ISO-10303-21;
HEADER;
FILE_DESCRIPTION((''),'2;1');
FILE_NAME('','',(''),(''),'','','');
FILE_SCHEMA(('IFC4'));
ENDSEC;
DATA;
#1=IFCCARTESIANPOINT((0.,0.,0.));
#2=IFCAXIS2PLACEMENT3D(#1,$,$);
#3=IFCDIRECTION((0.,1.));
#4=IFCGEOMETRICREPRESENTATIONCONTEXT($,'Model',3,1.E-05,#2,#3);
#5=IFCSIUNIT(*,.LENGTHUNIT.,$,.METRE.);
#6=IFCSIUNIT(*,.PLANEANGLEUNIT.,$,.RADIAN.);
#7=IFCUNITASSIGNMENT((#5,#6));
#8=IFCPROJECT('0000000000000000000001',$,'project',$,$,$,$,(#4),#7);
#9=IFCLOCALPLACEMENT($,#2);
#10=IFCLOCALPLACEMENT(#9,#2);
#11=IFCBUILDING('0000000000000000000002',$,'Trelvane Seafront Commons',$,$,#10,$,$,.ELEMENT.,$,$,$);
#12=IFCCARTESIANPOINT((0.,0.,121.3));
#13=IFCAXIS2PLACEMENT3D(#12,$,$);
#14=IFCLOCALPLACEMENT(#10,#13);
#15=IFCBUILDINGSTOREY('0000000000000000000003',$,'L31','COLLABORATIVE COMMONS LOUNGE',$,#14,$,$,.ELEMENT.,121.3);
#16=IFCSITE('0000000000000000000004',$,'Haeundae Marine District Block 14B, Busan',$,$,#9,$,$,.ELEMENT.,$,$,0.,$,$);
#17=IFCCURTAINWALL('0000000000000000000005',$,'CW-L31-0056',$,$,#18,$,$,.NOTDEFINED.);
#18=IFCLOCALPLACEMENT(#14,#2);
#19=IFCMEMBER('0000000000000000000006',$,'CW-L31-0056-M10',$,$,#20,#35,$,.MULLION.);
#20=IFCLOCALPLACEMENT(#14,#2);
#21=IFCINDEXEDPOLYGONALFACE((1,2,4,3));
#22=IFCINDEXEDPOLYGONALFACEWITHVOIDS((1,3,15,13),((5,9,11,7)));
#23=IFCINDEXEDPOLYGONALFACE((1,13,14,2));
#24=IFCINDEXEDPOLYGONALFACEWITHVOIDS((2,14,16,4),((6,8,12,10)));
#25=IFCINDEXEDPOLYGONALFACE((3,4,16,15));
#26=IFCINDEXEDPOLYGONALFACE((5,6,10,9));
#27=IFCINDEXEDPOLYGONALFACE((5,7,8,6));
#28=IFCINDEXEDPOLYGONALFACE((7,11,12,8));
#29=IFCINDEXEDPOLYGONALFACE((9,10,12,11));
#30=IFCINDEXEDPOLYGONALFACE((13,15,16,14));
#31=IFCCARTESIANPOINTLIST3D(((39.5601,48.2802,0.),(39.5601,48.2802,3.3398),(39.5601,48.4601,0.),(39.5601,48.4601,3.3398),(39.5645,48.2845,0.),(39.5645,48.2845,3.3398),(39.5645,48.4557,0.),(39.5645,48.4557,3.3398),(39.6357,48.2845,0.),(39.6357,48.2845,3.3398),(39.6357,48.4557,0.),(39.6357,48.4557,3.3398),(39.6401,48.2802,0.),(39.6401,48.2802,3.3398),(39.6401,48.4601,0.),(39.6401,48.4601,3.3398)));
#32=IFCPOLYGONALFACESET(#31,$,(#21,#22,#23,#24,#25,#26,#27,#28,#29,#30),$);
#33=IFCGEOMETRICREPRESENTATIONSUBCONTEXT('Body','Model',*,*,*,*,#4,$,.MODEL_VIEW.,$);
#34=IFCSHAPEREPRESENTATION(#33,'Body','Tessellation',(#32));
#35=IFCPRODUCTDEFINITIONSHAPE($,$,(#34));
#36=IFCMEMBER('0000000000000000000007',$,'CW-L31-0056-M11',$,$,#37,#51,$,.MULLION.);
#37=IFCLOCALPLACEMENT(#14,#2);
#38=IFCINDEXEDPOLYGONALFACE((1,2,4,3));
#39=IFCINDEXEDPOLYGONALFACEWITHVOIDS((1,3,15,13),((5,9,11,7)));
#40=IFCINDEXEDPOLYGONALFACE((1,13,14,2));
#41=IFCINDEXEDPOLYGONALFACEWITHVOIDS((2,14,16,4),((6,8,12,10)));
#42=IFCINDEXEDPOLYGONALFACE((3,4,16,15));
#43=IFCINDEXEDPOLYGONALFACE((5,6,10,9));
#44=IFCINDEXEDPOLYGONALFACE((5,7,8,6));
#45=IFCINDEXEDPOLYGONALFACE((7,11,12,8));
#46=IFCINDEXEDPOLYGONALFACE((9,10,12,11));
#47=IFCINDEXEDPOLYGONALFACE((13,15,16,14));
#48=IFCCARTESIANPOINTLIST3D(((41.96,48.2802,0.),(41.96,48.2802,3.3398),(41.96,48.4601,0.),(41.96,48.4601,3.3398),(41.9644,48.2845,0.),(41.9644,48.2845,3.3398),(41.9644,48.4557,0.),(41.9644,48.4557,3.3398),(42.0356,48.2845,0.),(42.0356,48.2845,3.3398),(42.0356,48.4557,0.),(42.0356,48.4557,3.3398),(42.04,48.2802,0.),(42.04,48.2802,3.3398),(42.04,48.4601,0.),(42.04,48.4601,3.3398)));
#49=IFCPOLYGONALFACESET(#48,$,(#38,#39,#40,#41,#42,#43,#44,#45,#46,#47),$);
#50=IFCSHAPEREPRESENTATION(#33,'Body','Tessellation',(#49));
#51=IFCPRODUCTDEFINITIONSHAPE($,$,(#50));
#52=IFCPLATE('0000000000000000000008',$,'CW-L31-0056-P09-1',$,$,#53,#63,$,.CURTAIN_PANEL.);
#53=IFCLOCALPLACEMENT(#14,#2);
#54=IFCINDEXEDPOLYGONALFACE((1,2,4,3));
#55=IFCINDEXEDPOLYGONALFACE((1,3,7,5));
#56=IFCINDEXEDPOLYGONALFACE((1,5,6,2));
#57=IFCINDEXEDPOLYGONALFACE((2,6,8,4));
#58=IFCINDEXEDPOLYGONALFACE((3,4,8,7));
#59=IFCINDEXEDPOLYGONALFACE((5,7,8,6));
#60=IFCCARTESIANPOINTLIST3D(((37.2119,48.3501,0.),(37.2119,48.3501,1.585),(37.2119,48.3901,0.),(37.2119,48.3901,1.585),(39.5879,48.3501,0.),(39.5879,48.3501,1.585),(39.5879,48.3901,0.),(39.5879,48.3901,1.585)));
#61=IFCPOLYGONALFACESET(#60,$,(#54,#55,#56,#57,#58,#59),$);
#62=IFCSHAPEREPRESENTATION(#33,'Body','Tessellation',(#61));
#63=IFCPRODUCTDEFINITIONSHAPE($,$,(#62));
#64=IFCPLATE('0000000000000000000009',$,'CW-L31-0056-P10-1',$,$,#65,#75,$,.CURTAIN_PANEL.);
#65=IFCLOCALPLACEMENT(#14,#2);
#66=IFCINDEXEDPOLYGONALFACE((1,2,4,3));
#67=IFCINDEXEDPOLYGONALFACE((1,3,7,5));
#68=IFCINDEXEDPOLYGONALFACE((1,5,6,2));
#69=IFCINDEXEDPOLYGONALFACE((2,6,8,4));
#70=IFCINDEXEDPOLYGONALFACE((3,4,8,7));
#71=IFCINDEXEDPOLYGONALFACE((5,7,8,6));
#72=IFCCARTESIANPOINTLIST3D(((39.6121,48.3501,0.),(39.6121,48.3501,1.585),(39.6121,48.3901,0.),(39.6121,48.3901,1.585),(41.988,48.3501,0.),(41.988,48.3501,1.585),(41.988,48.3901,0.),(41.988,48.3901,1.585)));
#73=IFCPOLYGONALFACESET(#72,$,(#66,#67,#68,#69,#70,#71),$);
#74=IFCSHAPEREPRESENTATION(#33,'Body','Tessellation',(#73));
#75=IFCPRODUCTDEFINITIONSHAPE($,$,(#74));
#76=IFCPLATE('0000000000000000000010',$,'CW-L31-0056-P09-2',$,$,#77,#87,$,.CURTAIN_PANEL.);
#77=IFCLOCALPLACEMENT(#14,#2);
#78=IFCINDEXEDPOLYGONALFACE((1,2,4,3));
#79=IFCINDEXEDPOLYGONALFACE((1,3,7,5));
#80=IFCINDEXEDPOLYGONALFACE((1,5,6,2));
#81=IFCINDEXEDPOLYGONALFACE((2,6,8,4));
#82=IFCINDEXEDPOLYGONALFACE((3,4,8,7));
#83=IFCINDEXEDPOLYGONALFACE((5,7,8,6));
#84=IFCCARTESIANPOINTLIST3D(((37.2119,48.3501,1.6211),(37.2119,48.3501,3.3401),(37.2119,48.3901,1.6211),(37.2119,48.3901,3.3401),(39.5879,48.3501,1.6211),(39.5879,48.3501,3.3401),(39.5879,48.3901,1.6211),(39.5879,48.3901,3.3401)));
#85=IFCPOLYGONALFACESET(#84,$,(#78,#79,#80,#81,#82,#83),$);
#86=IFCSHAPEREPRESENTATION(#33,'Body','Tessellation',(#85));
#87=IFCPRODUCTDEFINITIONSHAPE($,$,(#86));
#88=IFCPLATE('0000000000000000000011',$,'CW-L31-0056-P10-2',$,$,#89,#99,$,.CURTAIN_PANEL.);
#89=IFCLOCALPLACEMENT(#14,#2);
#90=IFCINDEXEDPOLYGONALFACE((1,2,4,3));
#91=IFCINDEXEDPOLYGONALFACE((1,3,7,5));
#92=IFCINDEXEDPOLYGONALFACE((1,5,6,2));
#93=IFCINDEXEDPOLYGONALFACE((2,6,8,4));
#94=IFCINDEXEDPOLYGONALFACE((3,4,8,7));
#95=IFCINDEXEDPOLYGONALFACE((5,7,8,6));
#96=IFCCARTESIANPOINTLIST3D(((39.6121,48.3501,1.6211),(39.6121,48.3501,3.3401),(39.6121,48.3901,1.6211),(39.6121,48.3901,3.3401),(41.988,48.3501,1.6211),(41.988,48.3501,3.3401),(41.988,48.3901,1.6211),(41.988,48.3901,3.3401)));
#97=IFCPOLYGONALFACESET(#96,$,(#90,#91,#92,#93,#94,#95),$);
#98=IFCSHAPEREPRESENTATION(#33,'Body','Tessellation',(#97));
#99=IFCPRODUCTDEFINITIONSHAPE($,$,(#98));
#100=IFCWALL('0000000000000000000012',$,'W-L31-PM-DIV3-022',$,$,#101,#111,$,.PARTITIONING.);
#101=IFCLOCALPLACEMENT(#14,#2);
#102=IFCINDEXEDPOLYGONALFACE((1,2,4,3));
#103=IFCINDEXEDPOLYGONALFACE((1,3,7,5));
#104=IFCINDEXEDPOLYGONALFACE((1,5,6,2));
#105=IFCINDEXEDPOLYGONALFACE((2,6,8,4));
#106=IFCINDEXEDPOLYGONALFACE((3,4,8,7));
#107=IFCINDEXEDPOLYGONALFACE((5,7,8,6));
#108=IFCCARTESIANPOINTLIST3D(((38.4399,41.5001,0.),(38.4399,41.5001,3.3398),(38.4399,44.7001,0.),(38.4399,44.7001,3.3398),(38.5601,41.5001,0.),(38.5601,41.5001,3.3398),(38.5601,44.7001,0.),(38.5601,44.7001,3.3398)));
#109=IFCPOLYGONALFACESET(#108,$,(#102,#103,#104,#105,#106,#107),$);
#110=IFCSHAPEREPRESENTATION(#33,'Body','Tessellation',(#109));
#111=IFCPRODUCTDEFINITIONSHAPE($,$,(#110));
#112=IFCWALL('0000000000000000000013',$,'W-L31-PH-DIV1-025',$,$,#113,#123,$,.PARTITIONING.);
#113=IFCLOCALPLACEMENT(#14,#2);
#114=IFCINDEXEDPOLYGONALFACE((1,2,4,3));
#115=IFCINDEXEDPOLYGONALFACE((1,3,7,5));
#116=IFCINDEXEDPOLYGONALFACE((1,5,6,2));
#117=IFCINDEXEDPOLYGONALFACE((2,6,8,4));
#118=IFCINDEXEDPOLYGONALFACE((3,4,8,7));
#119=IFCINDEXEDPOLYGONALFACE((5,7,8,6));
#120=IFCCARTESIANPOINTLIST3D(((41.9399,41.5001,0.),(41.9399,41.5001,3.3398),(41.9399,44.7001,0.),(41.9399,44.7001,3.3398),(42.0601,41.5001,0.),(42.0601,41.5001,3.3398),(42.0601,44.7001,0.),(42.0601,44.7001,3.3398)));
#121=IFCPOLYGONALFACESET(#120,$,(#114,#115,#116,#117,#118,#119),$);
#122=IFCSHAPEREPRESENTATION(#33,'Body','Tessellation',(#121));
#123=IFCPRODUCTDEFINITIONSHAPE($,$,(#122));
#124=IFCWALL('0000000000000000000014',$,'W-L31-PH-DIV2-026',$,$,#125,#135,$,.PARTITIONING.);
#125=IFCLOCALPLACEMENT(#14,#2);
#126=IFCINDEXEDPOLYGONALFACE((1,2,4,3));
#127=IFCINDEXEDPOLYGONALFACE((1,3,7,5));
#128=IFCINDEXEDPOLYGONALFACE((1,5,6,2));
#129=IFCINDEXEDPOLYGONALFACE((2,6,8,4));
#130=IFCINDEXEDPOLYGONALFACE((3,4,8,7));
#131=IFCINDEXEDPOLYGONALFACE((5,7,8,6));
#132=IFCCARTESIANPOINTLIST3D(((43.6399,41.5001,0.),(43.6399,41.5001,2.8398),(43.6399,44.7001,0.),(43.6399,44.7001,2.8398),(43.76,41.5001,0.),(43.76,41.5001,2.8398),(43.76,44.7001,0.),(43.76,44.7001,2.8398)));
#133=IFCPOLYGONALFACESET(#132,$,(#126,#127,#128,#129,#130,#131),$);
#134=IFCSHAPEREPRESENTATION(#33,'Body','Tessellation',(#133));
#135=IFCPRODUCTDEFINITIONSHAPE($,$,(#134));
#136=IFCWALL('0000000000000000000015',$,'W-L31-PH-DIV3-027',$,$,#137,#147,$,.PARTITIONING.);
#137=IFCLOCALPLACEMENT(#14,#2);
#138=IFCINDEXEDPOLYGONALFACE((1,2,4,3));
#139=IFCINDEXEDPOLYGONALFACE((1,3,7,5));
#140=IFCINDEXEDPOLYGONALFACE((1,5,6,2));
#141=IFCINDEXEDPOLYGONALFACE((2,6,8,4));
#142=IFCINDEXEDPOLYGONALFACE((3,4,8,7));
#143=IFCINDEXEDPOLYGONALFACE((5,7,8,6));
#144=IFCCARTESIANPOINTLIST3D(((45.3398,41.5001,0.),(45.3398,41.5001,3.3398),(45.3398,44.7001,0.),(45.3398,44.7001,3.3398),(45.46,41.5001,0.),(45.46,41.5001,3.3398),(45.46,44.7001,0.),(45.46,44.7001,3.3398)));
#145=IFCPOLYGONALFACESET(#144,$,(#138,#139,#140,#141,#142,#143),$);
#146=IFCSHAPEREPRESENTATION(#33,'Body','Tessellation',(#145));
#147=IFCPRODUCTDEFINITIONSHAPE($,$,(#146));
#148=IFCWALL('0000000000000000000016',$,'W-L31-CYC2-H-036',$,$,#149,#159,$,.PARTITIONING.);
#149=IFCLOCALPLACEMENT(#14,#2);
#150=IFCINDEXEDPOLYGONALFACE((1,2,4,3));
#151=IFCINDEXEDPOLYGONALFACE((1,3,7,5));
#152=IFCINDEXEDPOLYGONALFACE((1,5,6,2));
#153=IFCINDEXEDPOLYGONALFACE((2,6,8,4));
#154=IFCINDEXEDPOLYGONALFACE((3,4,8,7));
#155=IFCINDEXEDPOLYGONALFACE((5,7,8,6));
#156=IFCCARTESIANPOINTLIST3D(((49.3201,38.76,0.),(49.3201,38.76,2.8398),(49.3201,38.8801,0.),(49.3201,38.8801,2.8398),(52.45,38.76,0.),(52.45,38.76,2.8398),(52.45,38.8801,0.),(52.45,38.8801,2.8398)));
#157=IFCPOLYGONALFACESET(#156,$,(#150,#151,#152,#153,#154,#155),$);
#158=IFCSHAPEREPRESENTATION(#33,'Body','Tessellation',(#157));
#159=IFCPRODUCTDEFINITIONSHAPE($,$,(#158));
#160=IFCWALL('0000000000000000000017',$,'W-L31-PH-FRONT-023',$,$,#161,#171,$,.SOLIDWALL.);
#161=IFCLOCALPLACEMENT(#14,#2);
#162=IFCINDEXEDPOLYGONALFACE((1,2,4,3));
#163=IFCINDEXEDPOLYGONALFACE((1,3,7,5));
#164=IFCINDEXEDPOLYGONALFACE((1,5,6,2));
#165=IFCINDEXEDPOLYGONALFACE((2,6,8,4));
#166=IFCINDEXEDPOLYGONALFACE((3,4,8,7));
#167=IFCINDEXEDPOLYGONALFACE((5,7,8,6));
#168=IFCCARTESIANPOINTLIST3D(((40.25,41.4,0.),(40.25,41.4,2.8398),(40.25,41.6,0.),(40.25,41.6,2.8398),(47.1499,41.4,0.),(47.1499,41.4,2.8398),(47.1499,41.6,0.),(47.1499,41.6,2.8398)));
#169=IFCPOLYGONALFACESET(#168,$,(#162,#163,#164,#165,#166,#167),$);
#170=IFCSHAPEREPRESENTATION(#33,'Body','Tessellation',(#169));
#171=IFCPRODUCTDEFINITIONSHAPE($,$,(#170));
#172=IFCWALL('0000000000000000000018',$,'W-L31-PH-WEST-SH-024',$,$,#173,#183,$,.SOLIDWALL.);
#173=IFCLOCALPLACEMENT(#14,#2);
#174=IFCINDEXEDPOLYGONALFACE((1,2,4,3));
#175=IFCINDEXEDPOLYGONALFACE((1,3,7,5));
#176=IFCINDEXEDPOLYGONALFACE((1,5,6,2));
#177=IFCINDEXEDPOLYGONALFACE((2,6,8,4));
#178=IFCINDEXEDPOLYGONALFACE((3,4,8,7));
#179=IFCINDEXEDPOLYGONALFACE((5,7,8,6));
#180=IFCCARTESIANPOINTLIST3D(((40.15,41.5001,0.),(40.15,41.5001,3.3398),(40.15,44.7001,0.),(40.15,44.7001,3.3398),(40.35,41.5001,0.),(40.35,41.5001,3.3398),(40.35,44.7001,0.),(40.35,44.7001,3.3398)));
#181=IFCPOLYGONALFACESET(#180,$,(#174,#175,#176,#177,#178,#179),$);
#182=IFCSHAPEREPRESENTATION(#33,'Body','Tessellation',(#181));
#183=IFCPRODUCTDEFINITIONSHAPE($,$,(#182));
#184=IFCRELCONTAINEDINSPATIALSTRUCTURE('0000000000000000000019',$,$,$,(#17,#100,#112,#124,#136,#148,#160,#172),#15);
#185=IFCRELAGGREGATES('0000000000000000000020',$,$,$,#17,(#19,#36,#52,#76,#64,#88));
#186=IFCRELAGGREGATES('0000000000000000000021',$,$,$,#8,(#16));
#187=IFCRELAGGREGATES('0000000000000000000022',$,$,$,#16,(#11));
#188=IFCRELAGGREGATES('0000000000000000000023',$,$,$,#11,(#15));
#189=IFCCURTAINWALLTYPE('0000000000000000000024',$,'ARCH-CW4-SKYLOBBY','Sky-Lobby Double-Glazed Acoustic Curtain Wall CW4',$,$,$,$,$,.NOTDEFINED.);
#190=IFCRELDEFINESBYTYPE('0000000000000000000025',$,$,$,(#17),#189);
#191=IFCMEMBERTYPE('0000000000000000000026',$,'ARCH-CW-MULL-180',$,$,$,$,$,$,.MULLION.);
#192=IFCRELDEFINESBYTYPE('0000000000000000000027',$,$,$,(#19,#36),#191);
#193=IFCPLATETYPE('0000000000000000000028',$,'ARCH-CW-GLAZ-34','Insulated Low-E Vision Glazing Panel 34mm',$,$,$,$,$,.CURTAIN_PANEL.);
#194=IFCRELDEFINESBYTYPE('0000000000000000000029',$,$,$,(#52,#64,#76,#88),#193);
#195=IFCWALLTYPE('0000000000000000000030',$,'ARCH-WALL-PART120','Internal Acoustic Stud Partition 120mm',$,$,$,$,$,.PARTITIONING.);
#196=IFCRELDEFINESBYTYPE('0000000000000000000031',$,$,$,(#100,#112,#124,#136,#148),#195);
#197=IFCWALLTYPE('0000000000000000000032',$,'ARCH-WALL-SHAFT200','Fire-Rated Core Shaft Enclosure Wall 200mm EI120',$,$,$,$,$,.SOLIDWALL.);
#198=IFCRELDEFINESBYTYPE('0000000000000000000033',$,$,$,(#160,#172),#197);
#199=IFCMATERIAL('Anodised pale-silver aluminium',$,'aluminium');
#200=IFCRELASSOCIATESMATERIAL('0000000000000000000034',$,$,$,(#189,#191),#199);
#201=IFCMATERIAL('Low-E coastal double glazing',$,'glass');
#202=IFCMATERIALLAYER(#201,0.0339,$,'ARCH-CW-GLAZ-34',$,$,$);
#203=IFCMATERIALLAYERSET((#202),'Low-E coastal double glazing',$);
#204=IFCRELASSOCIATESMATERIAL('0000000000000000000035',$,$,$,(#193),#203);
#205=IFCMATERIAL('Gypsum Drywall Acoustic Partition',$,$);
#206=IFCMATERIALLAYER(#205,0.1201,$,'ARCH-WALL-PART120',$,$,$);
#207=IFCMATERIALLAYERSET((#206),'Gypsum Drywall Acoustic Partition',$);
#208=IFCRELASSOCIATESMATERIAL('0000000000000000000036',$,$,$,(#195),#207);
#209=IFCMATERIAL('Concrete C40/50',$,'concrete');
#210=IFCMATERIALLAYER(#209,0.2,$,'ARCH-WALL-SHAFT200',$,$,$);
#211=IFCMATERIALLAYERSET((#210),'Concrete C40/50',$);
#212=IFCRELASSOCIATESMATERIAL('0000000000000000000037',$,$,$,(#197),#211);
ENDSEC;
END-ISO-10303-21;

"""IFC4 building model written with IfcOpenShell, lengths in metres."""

from ifc_helpers import new_model, si_unit, direction, frame, frame_2d, origin, origin_2d, place, context, subcontext, project, spatial, rectangle, hollow_rectangle, extrude, source, transform, mapped, material, layer, layer_set, material_profile, profile_set, type_object, element, aggregate, save


model = new_model("IFC4")

# Units and contexts
model_context = context("Model", 3, precision=1e-05, world=origin(), true_north=direction((0.0, 1.0)))
body_context = subcontext(model_context, "Body", "Model", "MODEL_VIEW")
ifc_project = project(units=[si_unit("LENGTHUNIT", "METRE"), si_unit("PLANEANGLEUNIT", "RADIAN")], contexts=[model_context])

# Site, building, storey
site_placement = place(None, origin())
site = spatial("IfcSite", under=ifc_project, at=site_placement, Name="Haeundae Marine District Block 14B, Busan", CompositionType="ELEMENT", RefElevation=0.0)
building_placement = place(site_placement, origin())
building = spatial("IfcBuilding", under=site, at=building_placement, Name="Trelvane Seafront Commons", CompositionType="ELEMENT")
storey_placement = place(building_placement, frame((0.0, 0.0, 121.3)))
storey = spatial("IfcBuildingStorey", under=building, at=storey_placement, Name="L31", Description="COLLABORATIVE COMMONS LOUNGE", CompositionType="ELEMENT", Elevation=121.3)

# Curtain wall, members, plates
ifc_material_1 = material(Name="Anodised pale-silver aluminium", Category="aluminium")
curtain_wall_type = type_object("IfcCurtainWallType", Name="ARCH-CW4-SKYLOBBY", Description="Sky-Lobby Double-Glazed Acoustic Curtain Wall CW4", PredefinedType="NOTDEFINED", material=ifc_material_1)
curtain_wall_placement = place(storey_placement, origin())
curtain_wall = element("IfcCurtainWall", 1, at=curtain_wall_placement, inside=storey, type_object=curtain_wall_type, Name="CW-L31-0056", PredefinedType="NOTDEFINED")
ifc_material_profile_1 = material_profile(ifc_material_1, hollow_rectangle(XDim=0.0801, YDim=0.1799, WallThickness=0.0044, at=origin_2d()), Name="MULL-80x180x4.5")
ifc_profile_set_1 = profile_set([ifc_material_profile_1], Name="Anodised pale-silver aluminium")
member_type_1 = type_object("IfcMemberType", Name="ARCH-CW-MULL-180", PredefinedType="MULLION", material=ifc_profile_set_1)
shared_shape_1 = source(origin(), body_context, "Body", "SweptSolid", [
    extrude(hollow_rectangle(XDim=0.0801, YDim=0.1799, WallThickness=0.0044, at=origin_2d()), origin(), (0.0, 0.0, 1.0), 3.3398),
])
member_1_placement = place(storey_placement, frame((39.6001, 48.3701, 0.0), z_axis=(0.0, 0.0, 1.0), x_axis=(1.0, 0.0, 0.0)))
member_1 = element("IfcMember", 2, at=member_1_placement, type_object=member_type_1, Name="CW-L31-0056-M10", PredefinedType="MULLION", context=body_context, shape_type="MappedRepresentation", body=[
    mapped(shared_shape_1, transform((0.0, 0.0, 0.0), x_axis=(1.0, 0.0, 0.0), y_axis=(0.0, 1.0, 0.0), z_axis=(0.0, 0.0, 1.0), scale=1.0)),
])
member_2_placement = place(storey_placement, frame((42.0, 48.3701, 0.0), z_axis=(0.0, 0.0, 1.0), x_axis=(1.0, 0.0, 0.0)))
member_2 = element("IfcMember", 3, at=member_2_placement, type_object=member_type_1, Name="CW-L31-0056-M11", PredefinedType="MULLION", context=body_context, shape_type="MappedRepresentation", body=[
    mapped(shared_shape_1, transform((0.0, 0.0, 0.0), x_axis=(1.0, 0.0, 0.0), y_axis=(0.0, 1.0, 0.0), z_axis=(0.0, 0.0, 1.0), scale=1.0)),
])
ifc_material_2 = material(Name="Low-E coastal double glazing", Category="glass")
ifc_layer_1 = layer(ifc_material_2, 0.0339, Name="ARCH-CW-GLAZ-34")
ifc_layer_set_1 = layer_set([ifc_layer_1], Name="Low-E coastal double glazing")
plate_type = type_object("IfcPlateType", Name="ARCH-CW-GLAZ-34", Description="Insulated Low-E Vision Glazing Panel 34mm", PredefinedType="CURTAIN_PANEL", material=ifc_layer_set_1)
shared_shape_2 = source(origin(), body_context, "Body", "SweptSolid", [
    extrude(rectangle(XDim=2.376, YDim=0.04, at=origin_2d()), origin(), (0.0, 0.0, 1.0), 1.585),
])
plate_1_placement = place(storey_placement, frame((38.3999, 48.3701, 0.0), z_axis=(0.0, 0.0, 1.0), x_axis=(1.0, 0.0, 0.0)))
plate_1 = element("IfcPlate", 4, at=plate_1_placement, type_object=plate_type, Name="CW-L31-0056-P09-1", PredefinedType="CURTAIN_PANEL", context=body_context, shape_type="MappedRepresentation", body=[
    mapped(shared_shape_2, transform((0.0, 0.0, 0.0), x_axis=(1.0, 0.0, 0.0), y_axis=(0.0, 1.0, 0.0), z_axis=(0.0, 0.0, 1.0), scale=1.0)),
])
plate_2_placement = place(storey_placement, frame((40.8, 48.3701, 0.0), z_axis=(0.0, 0.0, 1.0), x_axis=(1.0, 0.0, 0.0)))
plate_2 = element("IfcPlate", 5, at=plate_2_placement, type_object=plate_type, Name="CW-L31-0056-P10-1", PredefinedType="CURTAIN_PANEL", context=body_context, shape_type="MappedRepresentation", body=[
    mapped(shared_shape_2, transform((0.0, 0.0, 0.0), x_axis=(1.0, 0.0, 0.0), y_axis=(0.0, 1.0, 0.0), z_axis=(0.0, 0.0, 1.0), scale=1.0)),
])
shared_shape_3 = source(origin(), body_context, "Body", "SweptSolid", [
    extrude(rectangle(XDim=2.376, YDim=0.04, at=origin_2d()), origin(), (0.0, 0.0, 1.0), 1.719),
])
plate_3_placement = place(storey_placement, frame((38.3999, 48.3701, 1.6211), z_axis=(0.0, 0.0, 1.0), x_axis=(1.0, 0.0, 0.0)))
plate_3 = element("IfcPlate", 6, at=plate_3_placement, type_object=plate_type, Name="CW-L31-0056-P09-2", PredefinedType="CURTAIN_PANEL", context=body_context, shape_type="MappedRepresentation", body=[
    mapped(shared_shape_3, transform((0.0, 0.0, 0.0), x_axis=(1.0, 0.0, 0.0), y_axis=(0.0, 1.0, 0.0), z_axis=(0.0, 0.0, 1.0), scale=1.0)),
])
plate_4_placement = place(storey_placement, frame((40.8, 48.3701, 1.6211), z_axis=(0.0, 0.0, 1.0), x_axis=(1.0, 0.0, 0.0)))
plate_4 = element("IfcPlate", 7, at=plate_4_placement, type_object=plate_type, Name="CW-L31-0056-P10-2", PredefinedType="CURTAIN_PANEL", context=body_context, shape_type="MappedRepresentation", body=[
    mapped(shared_shape_3, transform((0.0, 0.0, 0.0), x_axis=(1.0, 0.0, 0.0), y_axis=(0.0, 1.0, 0.0), z_axis=(0.0, 0.0, 1.0), scale=1.0)),
])
aggregate(curtain_wall, [member_1, member_2, plate_1, plate_3, plate_2, plate_4])

# Walls
ifc_material_3 = material(Name="Gypsum Drywall Acoustic Partition")
ifc_layer_2 = layer(ifc_material_3, 0.1201, Name="ARCH-WALL-PART120")
ifc_layer_set_2 = layer_set([ifc_layer_2], Name="Gypsum Drywall Acoustic Partition")
wall_type_1 = type_object("IfcWallType", Name="ARCH-WALL-PART120", Description="Internal Acoustic Stud Partition 120mm", PredefinedType="PARTITIONING", material=ifc_layer_set_2)
for number, where, z_axis, x_axis, name in (
    (8, (38.5, 41.5, 0.0), (0.0, 0.0, 1.0), (0.0, 1.0, 0.0), "W-L31-PM-DIV3-022"),
    (9, (42.0, 41.5, 0.0), (0.0, 0.0, 1.0), (0.0, 1.0, 0.0), "W-L31-PH-DIV1-025"),
):
    element("IfcWall", number, at=place(storey_placement, frame(where, z_axis=z_axis, x_axis=x_axis)), inside=storey, type_object=wall_type_1, Name=name, PredefinedType="PARTITIONING", context=body_context, shape_type="SweptSolid", body=[
        extrude(rectangle(XDim=3.2, YDim=0.1201, at=frame_2d((1.6001, 0.0))), origin(), (0.0, 0.0, 1.0), 3.3398),
    ])
wall_1_placement = place(storey_placement, frame((43.7, 41.5, 0.0), z_axis=(0.0, 0.0, 1.0), x_axis=(0.0, 1.0, 0.0)))
element("IfcWall", 10, at=wall_1_placement, inside=storey, type_object=wall_type_1, Name="W-L31-PH-DIV2-026", PredefinedType="PARTITIONING", context=body_context, shape_type="SweptSolid", body=[
    extrude(rectangle(XDim=3.2, YDim=0.1201, at=frame_2d((1.6001, 0.0))), origin(), (0.0, 0.0, 1.0), 2.8398),
])
wall_2_placement = place(storey_placement, frame((45.3999, 41.5, 0.0), z_axis=(0.0, 0.0, 1.0), x_axis=(0.0, 1.0, 0.0)))
element("IfcWall", 11, at=wall_2_placement, inside=storey, type_object=wall_type_1, Name="W-L31-PH-DIV3-027", PredefinedType="PARTITIONING", context=body_context, shape_type="SweptSolid", body=[
    extrude(rectangle(XDim=3.2, YDim=0.1201, at=frame_2d((1.6001, 0.0))), origin(), (0.0, 0.0, 1.0), 3.3398),
])
wall_3_placement = place(storey_placement, frame((49.3201, 38.8201, 0.0), z_axis=(0.0, 0.0, 1.0), x_axis=(1.0, 0.0, 0.0)))
element("IfcWall", 12, at=wall_3_placement, inside=storey, type_object=wall_type_1, Name="W-L31-CYC2-H-036", PredefinedType="PARTITIONING", context=body_context, shape_type="SweptSolid", body=[
    extrude(rectangle(XDim=3.1299, YDim=0.1201, at=frame_2d((1.5649, 0.0))), origin(), (0.0, 0.0, 1.0), 2.8398),
])
ifc_material_4 = material(Name="Concrete C40/50", Category="concrete")
ifc_layer_3 = layer(ifc_material_4, 0.2, Name="ARCH-WALL-SHAFT200")
ifc_layer_set_3 = layer_set([ifc_layer_3], Name="Concrete C40/50")
wall_type_2 = type_object("IfcWallType", Name="ARCH-WALL-SHAFT200", Description="Fire-Rated Core Shaft Enclosure Wall 200mm EI120", PredefinedType="SOLIDWALL", material=ifc_layer_set_3)
wall_4_placement = place(storey_placement, frame((40.25, 41.5, 0.0), z_axis=(0.0, 0.0, 1.0), x_axis=(1.0, 0.0, 0.0)))
element("IfcWall", 13, at=wall_4_placement, inside=storey, type_object=wall_type_2, Name="W-L31-PH-FRONT-023", PredefinedType="SOLIDWALL", context=body_context, shape_type="SweptSolid", body=[
    extrude(rectangle(XDim=6.8999, YDim=0.2, at=frame_2d((3.45, 0.0))), origin(), (0.0, 0.0, 1.0), 2.8398),
])
wall_5_placement = place(storey_placement, frame((40.25, 41.5, 0.0), z_axis=(0.0, 0.0, 1.0), x_axis=(0.0, 1.0, 0.0)))
element("IfcWall", 14, at=wall_5_placement, inside=storey, type_object=wall_type_2, Name="W-L31-PH-WEST-SH-024", PredefinedType="SOLIDWALL", context=body_context, shape_type="SweptSolid", body=[
    extrude(rectangle(XDim=3.2, YDim=0.2, at=frame_2d((1.6001, 0.0))), origin(), (0.0, 0.0, 1.0), 3.3398),
])

save(model, "model.ifc")
